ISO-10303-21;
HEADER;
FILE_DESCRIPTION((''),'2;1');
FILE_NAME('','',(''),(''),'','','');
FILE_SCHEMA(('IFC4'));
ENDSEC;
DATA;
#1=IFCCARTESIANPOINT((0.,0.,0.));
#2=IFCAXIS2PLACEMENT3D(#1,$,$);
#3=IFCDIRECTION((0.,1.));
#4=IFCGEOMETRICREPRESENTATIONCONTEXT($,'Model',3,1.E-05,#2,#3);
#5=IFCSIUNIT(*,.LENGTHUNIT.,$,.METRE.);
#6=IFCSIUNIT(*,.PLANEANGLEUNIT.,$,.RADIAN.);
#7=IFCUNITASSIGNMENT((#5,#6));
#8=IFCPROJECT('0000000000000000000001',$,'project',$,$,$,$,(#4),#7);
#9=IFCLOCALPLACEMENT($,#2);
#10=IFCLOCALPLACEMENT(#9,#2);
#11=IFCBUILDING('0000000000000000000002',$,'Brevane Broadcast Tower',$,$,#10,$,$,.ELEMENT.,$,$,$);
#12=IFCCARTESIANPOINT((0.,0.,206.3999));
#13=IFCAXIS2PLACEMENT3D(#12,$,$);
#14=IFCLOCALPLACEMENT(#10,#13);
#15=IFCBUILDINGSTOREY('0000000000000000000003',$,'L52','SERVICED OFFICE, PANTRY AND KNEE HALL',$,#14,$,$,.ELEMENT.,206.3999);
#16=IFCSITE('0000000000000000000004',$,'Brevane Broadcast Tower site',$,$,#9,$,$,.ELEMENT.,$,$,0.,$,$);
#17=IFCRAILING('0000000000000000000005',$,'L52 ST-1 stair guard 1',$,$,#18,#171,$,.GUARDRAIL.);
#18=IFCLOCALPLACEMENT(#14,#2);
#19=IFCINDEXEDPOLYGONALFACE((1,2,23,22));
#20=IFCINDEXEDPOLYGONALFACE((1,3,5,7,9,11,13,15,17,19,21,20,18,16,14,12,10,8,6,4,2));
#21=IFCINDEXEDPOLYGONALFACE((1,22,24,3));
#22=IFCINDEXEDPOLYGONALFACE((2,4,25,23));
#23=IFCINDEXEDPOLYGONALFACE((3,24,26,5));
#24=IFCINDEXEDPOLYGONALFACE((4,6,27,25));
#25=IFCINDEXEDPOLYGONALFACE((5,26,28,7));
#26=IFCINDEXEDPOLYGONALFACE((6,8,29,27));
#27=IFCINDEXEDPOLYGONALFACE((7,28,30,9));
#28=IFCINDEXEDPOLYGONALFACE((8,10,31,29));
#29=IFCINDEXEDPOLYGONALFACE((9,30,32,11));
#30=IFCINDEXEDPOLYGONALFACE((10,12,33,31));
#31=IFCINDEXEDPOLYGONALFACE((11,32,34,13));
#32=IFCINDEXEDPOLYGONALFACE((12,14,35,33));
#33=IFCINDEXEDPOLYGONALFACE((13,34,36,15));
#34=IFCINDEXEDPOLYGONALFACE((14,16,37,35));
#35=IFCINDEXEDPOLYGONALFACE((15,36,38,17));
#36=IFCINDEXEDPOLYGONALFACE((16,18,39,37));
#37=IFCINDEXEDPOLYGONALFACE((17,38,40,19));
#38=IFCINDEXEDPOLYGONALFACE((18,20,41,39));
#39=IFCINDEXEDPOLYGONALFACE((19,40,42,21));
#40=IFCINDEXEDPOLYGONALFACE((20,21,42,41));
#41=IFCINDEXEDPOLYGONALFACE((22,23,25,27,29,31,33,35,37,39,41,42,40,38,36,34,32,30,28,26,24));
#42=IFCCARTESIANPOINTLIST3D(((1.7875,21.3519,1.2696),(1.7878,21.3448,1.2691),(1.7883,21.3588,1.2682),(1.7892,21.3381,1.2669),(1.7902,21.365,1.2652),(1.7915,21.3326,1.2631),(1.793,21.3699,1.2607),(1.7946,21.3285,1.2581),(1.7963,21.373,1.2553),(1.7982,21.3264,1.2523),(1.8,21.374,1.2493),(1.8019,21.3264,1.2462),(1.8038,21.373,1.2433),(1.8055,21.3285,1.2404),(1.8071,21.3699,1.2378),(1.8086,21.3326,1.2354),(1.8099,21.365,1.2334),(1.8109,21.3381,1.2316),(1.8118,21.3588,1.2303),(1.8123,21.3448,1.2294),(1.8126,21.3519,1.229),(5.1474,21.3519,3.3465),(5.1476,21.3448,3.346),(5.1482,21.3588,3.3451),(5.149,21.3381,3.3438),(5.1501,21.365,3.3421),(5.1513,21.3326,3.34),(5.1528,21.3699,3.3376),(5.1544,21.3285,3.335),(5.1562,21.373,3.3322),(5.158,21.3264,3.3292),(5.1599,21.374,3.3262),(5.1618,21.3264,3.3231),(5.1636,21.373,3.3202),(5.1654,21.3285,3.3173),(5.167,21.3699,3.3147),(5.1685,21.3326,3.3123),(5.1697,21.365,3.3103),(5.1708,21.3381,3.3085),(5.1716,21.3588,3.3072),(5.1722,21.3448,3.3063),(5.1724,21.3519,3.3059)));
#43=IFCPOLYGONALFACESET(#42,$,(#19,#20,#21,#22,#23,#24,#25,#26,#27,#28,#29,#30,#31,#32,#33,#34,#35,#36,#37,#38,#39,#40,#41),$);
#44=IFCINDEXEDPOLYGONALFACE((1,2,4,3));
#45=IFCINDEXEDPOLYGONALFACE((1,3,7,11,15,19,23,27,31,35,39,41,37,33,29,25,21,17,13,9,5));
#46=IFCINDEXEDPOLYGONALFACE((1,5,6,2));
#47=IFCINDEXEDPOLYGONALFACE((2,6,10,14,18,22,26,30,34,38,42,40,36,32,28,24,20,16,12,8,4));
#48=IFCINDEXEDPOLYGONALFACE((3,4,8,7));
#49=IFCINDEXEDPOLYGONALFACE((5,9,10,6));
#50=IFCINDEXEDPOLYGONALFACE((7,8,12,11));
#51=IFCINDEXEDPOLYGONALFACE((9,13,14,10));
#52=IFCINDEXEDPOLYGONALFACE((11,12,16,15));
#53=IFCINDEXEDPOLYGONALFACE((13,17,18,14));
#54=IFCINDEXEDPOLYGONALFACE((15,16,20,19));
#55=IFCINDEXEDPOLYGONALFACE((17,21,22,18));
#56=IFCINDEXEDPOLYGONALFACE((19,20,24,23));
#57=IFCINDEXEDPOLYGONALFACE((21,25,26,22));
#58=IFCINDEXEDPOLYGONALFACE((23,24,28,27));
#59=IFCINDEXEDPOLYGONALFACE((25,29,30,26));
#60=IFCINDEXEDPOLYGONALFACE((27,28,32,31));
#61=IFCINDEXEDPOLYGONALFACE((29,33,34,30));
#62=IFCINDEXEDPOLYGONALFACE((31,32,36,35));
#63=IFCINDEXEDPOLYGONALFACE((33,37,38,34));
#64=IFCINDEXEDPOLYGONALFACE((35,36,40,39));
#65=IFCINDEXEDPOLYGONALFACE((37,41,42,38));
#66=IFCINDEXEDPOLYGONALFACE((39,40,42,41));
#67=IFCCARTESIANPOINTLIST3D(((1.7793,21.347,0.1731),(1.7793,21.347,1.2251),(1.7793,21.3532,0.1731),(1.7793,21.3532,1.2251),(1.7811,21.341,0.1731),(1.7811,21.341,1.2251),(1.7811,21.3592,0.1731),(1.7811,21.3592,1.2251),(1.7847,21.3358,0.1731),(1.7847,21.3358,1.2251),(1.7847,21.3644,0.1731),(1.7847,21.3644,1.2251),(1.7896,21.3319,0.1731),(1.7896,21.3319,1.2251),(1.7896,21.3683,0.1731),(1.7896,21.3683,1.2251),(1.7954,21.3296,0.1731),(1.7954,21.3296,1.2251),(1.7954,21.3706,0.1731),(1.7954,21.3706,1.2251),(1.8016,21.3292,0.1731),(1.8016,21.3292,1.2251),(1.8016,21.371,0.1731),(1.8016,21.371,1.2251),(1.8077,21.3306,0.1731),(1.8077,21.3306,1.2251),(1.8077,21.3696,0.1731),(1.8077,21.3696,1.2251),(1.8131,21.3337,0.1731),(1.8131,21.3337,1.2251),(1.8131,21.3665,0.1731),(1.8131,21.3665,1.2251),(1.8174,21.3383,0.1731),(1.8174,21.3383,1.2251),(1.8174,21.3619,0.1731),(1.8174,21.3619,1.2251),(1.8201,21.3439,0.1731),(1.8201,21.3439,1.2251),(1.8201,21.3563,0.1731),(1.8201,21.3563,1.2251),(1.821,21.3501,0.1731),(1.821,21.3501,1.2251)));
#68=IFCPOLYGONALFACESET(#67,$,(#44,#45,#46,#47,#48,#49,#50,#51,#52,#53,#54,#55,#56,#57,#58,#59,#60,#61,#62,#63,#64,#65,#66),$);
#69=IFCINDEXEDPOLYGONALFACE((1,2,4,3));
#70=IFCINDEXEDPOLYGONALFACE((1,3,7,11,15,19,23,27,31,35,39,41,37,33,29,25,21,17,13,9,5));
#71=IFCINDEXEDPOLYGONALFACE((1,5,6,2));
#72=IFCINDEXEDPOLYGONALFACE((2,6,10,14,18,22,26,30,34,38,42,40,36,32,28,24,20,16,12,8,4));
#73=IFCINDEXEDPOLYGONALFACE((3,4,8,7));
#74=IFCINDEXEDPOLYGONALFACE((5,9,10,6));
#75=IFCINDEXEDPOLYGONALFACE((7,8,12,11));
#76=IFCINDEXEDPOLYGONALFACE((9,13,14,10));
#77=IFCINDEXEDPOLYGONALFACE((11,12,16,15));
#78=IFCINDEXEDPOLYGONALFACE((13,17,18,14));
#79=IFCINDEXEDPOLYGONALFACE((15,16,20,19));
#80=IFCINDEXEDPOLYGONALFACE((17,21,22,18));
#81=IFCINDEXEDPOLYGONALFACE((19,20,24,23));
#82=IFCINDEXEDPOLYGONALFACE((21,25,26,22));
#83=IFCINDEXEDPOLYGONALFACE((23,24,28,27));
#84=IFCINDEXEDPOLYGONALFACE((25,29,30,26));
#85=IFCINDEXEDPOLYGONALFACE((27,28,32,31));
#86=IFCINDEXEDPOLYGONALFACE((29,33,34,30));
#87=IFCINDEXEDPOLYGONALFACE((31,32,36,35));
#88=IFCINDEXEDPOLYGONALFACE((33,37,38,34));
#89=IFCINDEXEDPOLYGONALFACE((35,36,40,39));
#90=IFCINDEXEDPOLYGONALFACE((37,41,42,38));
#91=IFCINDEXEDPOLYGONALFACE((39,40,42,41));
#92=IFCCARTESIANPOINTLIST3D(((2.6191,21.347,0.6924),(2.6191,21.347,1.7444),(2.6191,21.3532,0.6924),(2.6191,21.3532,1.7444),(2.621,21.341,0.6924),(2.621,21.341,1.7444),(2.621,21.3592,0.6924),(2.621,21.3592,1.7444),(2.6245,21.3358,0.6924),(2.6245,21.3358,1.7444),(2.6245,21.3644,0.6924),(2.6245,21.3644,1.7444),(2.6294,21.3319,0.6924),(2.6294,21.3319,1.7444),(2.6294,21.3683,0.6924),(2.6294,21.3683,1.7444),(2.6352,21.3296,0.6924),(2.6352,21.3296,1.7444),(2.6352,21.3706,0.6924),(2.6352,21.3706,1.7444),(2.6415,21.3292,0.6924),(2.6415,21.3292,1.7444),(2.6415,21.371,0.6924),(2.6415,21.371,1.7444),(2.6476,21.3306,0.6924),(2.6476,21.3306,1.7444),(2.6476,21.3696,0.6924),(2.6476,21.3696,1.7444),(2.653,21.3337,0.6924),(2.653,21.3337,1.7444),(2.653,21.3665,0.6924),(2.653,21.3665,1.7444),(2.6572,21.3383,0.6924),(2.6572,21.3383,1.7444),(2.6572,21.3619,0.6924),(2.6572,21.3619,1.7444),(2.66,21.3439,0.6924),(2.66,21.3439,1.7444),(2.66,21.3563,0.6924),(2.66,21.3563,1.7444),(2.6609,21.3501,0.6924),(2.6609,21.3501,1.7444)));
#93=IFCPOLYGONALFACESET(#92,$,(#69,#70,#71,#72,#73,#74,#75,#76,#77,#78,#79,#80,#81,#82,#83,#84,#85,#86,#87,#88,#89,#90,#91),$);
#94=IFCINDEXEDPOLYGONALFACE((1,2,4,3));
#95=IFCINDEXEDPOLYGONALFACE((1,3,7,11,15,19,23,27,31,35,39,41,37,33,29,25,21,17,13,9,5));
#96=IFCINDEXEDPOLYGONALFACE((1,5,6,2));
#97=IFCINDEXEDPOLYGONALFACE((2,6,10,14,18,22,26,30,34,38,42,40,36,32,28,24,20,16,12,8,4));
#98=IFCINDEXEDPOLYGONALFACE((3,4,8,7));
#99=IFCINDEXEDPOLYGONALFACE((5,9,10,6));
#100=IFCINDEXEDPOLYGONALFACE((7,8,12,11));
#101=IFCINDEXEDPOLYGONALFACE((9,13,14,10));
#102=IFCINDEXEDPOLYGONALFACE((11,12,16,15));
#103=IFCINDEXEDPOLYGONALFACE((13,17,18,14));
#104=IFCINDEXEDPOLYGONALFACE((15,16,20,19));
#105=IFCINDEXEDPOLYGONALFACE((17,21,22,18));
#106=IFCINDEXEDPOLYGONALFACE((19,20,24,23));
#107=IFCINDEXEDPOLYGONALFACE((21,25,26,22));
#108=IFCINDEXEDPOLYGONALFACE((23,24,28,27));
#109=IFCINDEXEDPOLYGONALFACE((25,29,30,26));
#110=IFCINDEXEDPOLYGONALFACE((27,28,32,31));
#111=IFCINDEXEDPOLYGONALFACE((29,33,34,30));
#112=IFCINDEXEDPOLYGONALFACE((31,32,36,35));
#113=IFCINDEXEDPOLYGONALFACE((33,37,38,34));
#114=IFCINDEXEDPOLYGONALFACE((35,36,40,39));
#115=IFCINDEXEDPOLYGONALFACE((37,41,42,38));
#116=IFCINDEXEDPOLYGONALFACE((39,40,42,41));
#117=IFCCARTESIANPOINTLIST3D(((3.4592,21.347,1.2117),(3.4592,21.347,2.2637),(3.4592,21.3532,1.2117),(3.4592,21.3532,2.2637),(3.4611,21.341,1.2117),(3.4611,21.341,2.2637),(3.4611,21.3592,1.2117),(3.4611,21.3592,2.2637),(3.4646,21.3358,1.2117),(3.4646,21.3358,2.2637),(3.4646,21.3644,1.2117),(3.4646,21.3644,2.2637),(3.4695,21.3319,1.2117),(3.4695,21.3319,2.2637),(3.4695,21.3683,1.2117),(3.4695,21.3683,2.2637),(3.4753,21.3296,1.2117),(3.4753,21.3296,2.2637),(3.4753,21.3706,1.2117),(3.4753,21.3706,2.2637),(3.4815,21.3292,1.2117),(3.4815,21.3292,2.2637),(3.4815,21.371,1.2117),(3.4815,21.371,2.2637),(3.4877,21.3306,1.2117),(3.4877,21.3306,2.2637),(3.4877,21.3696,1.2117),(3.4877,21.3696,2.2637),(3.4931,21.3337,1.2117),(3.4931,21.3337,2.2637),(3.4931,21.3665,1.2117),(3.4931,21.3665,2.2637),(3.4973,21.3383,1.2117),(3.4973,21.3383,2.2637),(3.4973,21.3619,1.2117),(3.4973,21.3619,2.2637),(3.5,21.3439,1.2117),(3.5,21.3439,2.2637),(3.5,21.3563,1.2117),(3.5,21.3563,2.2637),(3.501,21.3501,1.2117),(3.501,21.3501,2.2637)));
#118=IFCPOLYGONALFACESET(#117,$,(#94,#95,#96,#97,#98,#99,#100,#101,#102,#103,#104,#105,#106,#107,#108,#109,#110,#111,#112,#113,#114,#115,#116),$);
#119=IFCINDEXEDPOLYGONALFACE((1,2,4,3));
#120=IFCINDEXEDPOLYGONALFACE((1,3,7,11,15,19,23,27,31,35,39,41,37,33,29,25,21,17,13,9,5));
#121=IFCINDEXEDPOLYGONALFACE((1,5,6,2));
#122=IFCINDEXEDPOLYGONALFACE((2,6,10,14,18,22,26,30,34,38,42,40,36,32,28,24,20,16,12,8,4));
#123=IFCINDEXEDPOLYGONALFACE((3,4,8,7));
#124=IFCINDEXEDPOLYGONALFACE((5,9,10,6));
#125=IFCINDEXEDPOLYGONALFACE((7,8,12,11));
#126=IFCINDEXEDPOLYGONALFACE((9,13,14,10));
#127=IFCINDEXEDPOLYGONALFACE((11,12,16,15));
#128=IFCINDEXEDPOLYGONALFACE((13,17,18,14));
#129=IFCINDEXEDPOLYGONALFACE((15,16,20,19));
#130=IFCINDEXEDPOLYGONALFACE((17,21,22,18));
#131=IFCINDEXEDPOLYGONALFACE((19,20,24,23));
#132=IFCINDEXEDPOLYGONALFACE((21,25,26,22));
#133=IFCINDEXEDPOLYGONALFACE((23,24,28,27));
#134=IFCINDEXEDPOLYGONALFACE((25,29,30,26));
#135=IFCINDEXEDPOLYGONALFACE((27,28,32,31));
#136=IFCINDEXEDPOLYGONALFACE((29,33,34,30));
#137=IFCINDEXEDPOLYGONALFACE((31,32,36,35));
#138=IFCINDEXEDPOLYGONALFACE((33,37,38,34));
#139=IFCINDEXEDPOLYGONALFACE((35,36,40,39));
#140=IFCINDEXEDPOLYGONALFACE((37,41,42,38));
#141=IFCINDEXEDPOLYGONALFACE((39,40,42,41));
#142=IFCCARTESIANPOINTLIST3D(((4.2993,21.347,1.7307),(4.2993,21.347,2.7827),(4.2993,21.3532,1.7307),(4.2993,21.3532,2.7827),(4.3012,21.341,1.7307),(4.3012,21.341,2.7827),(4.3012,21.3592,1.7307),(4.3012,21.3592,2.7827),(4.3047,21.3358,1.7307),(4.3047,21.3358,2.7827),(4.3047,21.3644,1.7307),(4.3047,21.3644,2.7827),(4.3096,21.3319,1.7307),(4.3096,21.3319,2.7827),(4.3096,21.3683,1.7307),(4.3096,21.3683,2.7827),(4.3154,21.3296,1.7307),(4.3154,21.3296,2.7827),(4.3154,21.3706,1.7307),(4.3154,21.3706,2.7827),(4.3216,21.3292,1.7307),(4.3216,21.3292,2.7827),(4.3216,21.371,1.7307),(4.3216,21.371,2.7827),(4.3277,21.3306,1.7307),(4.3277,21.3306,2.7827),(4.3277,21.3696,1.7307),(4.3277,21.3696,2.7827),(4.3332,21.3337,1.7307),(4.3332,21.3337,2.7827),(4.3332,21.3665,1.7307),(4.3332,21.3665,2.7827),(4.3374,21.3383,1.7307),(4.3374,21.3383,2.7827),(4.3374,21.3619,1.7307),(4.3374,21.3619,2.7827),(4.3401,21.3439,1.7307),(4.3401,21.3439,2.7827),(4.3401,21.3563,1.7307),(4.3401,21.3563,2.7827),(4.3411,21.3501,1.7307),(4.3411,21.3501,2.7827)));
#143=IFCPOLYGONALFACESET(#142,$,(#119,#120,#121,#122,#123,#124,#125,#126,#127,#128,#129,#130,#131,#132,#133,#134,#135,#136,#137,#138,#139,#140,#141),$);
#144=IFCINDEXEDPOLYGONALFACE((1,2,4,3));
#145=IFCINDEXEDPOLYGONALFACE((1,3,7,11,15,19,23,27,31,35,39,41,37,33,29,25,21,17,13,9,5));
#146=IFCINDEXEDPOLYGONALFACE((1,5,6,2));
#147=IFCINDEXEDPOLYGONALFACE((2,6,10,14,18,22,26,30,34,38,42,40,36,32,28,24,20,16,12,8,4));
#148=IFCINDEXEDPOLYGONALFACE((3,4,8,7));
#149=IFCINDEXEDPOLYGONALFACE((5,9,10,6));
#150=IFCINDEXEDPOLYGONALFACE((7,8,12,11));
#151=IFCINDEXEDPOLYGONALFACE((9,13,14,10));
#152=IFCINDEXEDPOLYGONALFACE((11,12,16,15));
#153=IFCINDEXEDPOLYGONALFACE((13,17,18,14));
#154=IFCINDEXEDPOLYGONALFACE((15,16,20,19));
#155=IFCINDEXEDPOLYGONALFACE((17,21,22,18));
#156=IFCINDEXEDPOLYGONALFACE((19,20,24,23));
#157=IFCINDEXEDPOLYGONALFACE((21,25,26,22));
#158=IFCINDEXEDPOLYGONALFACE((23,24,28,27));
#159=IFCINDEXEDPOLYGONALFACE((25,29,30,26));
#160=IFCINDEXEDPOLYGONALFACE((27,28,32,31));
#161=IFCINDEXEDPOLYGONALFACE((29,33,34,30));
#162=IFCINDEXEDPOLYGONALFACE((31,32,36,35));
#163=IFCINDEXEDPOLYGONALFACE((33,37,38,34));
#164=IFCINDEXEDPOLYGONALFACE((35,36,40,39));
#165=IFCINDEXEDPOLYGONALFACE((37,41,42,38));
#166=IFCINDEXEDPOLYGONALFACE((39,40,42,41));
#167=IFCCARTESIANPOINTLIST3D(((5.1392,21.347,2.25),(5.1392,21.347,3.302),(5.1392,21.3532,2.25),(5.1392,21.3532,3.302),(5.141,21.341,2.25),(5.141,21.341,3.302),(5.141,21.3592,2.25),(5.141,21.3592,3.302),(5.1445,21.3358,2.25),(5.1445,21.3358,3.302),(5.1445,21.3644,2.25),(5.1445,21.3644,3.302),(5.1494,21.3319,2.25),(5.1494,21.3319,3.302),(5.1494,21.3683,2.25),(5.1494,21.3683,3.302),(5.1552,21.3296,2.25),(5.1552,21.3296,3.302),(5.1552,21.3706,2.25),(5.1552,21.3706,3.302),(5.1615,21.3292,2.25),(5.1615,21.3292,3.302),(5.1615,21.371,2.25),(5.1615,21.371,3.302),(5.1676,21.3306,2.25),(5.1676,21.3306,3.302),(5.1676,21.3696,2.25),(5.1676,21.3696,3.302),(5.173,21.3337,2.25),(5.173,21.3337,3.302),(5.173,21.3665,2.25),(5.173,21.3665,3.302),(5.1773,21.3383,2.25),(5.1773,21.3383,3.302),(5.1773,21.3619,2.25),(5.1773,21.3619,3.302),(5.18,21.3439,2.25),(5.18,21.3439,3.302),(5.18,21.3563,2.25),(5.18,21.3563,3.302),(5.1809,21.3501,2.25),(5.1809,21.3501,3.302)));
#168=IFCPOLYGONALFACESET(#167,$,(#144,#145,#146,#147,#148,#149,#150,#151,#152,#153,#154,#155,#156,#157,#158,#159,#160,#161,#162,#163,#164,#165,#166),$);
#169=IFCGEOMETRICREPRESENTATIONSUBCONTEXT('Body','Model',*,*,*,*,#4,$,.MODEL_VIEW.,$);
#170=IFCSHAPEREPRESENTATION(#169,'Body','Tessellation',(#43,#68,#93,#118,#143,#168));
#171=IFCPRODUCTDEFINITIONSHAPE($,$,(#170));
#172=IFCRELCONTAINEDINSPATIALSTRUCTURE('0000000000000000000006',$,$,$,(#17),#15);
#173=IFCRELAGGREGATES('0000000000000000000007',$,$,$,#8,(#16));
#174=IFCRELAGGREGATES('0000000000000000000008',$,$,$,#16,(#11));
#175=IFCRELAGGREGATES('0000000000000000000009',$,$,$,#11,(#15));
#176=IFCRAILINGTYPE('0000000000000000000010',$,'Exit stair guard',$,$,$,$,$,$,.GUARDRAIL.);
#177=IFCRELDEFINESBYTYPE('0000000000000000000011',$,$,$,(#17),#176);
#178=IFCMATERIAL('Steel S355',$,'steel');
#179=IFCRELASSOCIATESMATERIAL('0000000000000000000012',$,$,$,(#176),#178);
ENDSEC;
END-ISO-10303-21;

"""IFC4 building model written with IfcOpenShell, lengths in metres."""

from ifc_helpers import new_model, si_unit, direction, frame, origin, origin_2d, place, context, subcontext, project, spatial, circle, extrude, material, type_object, element, save


model = new_model("IFC4")

# Units and contexts
model_context = context("Model", 3, precision=1e-05, world=origin(), true_north=direction((0.0, 1.0)))
body_context = subcontext(model_context, "Body", "Model", "MODEL_VIEW")
ifc_project = project(units=[si_unit("LENGTHUNIT", "METRE"), si_unit("PLANEANGLEUNIT", "RADIAN")], contexts=[model_context])

# Site, building, storey
site_placement = place(None, origin())
site = spatial("IfcSite", under=ifc_project, at=site_placement, Name="Brevane Broadcast Tower site", CompositionType="ELEMENT", RefElevation=0.0)
building_placement = place(site_placement, origin())
building = spatial("IfcBuilding", under=site, at=building_placement, Name="Brevane Broadcast Tower", CompositionType="ELEMENT")
storey_placement = place(building_placement, frame((0.0, 0.0, 206.3999)))
storey = spatial("IfcBuildingStorey", under=building, at=storey_placement, Name="L52", Description="SERVICED OFFICE, PANTRY AND KNEE HALL", CompositionType="ELEMENT", Elevation=206.3999)

# Railing
ifc_material_1 = material(Name="Steel S355", Category="steel")
railing_type_1 = type_object("IfcRailingType", Name="Exit stair guard", PredefinedType="GUARDRAIL", material=ifc_material_1)
railing_1_placement = place(storey_placement, frame((1.8, 21.3501, 0.1731)))
element("IfcRailing", 1, at=railing_1_placement, inside=storey, type_object=railing_type_1, Name="L52 ST-1 stair guard 1", PredefinedType="GUARDRAIL", context=body_context, shape_type="SweptSolid", body=[
    extrude(circle(Radius=0.0239, at=origin_2d()), frame((0.0, 0.0, 1.0762), z_axis=(0.850606, 0.0, 0.525803), x_axis=(0.0, 1.0, 0.0)), (0.0, 0.0, 1.0), 3.95),
    extrude(circle(Radius=0.021, at=origin_2d()), origin(), (0.0, 0.0, 1.0), 1.052),
    extrude(circle(Radius=0.021, at=origin_2d()), frame((0.8398, 0.0, 0.5193)), (0.0, 0.0, 1.0), 1.052),
    extrude(circle(Radius=0.021, at=origin_2d()), frame((1.6799, 0.0, 1.0386)), (0.0, 0.0, 1.0), 1.052),
    extrude(circle(Radius=0.021, at=origin_2d()), frame((2.52, 0.0, 1.5576)), (0.0, 0.0, 1.0), 1.052),
    extrude(circle(Radius=0.021, at=origin_2d()), frame((3.3599, 0.0, 2.0769)), (0.0, 0.0, 1.0), 1.052),
])

save(model, "model.ifc")
